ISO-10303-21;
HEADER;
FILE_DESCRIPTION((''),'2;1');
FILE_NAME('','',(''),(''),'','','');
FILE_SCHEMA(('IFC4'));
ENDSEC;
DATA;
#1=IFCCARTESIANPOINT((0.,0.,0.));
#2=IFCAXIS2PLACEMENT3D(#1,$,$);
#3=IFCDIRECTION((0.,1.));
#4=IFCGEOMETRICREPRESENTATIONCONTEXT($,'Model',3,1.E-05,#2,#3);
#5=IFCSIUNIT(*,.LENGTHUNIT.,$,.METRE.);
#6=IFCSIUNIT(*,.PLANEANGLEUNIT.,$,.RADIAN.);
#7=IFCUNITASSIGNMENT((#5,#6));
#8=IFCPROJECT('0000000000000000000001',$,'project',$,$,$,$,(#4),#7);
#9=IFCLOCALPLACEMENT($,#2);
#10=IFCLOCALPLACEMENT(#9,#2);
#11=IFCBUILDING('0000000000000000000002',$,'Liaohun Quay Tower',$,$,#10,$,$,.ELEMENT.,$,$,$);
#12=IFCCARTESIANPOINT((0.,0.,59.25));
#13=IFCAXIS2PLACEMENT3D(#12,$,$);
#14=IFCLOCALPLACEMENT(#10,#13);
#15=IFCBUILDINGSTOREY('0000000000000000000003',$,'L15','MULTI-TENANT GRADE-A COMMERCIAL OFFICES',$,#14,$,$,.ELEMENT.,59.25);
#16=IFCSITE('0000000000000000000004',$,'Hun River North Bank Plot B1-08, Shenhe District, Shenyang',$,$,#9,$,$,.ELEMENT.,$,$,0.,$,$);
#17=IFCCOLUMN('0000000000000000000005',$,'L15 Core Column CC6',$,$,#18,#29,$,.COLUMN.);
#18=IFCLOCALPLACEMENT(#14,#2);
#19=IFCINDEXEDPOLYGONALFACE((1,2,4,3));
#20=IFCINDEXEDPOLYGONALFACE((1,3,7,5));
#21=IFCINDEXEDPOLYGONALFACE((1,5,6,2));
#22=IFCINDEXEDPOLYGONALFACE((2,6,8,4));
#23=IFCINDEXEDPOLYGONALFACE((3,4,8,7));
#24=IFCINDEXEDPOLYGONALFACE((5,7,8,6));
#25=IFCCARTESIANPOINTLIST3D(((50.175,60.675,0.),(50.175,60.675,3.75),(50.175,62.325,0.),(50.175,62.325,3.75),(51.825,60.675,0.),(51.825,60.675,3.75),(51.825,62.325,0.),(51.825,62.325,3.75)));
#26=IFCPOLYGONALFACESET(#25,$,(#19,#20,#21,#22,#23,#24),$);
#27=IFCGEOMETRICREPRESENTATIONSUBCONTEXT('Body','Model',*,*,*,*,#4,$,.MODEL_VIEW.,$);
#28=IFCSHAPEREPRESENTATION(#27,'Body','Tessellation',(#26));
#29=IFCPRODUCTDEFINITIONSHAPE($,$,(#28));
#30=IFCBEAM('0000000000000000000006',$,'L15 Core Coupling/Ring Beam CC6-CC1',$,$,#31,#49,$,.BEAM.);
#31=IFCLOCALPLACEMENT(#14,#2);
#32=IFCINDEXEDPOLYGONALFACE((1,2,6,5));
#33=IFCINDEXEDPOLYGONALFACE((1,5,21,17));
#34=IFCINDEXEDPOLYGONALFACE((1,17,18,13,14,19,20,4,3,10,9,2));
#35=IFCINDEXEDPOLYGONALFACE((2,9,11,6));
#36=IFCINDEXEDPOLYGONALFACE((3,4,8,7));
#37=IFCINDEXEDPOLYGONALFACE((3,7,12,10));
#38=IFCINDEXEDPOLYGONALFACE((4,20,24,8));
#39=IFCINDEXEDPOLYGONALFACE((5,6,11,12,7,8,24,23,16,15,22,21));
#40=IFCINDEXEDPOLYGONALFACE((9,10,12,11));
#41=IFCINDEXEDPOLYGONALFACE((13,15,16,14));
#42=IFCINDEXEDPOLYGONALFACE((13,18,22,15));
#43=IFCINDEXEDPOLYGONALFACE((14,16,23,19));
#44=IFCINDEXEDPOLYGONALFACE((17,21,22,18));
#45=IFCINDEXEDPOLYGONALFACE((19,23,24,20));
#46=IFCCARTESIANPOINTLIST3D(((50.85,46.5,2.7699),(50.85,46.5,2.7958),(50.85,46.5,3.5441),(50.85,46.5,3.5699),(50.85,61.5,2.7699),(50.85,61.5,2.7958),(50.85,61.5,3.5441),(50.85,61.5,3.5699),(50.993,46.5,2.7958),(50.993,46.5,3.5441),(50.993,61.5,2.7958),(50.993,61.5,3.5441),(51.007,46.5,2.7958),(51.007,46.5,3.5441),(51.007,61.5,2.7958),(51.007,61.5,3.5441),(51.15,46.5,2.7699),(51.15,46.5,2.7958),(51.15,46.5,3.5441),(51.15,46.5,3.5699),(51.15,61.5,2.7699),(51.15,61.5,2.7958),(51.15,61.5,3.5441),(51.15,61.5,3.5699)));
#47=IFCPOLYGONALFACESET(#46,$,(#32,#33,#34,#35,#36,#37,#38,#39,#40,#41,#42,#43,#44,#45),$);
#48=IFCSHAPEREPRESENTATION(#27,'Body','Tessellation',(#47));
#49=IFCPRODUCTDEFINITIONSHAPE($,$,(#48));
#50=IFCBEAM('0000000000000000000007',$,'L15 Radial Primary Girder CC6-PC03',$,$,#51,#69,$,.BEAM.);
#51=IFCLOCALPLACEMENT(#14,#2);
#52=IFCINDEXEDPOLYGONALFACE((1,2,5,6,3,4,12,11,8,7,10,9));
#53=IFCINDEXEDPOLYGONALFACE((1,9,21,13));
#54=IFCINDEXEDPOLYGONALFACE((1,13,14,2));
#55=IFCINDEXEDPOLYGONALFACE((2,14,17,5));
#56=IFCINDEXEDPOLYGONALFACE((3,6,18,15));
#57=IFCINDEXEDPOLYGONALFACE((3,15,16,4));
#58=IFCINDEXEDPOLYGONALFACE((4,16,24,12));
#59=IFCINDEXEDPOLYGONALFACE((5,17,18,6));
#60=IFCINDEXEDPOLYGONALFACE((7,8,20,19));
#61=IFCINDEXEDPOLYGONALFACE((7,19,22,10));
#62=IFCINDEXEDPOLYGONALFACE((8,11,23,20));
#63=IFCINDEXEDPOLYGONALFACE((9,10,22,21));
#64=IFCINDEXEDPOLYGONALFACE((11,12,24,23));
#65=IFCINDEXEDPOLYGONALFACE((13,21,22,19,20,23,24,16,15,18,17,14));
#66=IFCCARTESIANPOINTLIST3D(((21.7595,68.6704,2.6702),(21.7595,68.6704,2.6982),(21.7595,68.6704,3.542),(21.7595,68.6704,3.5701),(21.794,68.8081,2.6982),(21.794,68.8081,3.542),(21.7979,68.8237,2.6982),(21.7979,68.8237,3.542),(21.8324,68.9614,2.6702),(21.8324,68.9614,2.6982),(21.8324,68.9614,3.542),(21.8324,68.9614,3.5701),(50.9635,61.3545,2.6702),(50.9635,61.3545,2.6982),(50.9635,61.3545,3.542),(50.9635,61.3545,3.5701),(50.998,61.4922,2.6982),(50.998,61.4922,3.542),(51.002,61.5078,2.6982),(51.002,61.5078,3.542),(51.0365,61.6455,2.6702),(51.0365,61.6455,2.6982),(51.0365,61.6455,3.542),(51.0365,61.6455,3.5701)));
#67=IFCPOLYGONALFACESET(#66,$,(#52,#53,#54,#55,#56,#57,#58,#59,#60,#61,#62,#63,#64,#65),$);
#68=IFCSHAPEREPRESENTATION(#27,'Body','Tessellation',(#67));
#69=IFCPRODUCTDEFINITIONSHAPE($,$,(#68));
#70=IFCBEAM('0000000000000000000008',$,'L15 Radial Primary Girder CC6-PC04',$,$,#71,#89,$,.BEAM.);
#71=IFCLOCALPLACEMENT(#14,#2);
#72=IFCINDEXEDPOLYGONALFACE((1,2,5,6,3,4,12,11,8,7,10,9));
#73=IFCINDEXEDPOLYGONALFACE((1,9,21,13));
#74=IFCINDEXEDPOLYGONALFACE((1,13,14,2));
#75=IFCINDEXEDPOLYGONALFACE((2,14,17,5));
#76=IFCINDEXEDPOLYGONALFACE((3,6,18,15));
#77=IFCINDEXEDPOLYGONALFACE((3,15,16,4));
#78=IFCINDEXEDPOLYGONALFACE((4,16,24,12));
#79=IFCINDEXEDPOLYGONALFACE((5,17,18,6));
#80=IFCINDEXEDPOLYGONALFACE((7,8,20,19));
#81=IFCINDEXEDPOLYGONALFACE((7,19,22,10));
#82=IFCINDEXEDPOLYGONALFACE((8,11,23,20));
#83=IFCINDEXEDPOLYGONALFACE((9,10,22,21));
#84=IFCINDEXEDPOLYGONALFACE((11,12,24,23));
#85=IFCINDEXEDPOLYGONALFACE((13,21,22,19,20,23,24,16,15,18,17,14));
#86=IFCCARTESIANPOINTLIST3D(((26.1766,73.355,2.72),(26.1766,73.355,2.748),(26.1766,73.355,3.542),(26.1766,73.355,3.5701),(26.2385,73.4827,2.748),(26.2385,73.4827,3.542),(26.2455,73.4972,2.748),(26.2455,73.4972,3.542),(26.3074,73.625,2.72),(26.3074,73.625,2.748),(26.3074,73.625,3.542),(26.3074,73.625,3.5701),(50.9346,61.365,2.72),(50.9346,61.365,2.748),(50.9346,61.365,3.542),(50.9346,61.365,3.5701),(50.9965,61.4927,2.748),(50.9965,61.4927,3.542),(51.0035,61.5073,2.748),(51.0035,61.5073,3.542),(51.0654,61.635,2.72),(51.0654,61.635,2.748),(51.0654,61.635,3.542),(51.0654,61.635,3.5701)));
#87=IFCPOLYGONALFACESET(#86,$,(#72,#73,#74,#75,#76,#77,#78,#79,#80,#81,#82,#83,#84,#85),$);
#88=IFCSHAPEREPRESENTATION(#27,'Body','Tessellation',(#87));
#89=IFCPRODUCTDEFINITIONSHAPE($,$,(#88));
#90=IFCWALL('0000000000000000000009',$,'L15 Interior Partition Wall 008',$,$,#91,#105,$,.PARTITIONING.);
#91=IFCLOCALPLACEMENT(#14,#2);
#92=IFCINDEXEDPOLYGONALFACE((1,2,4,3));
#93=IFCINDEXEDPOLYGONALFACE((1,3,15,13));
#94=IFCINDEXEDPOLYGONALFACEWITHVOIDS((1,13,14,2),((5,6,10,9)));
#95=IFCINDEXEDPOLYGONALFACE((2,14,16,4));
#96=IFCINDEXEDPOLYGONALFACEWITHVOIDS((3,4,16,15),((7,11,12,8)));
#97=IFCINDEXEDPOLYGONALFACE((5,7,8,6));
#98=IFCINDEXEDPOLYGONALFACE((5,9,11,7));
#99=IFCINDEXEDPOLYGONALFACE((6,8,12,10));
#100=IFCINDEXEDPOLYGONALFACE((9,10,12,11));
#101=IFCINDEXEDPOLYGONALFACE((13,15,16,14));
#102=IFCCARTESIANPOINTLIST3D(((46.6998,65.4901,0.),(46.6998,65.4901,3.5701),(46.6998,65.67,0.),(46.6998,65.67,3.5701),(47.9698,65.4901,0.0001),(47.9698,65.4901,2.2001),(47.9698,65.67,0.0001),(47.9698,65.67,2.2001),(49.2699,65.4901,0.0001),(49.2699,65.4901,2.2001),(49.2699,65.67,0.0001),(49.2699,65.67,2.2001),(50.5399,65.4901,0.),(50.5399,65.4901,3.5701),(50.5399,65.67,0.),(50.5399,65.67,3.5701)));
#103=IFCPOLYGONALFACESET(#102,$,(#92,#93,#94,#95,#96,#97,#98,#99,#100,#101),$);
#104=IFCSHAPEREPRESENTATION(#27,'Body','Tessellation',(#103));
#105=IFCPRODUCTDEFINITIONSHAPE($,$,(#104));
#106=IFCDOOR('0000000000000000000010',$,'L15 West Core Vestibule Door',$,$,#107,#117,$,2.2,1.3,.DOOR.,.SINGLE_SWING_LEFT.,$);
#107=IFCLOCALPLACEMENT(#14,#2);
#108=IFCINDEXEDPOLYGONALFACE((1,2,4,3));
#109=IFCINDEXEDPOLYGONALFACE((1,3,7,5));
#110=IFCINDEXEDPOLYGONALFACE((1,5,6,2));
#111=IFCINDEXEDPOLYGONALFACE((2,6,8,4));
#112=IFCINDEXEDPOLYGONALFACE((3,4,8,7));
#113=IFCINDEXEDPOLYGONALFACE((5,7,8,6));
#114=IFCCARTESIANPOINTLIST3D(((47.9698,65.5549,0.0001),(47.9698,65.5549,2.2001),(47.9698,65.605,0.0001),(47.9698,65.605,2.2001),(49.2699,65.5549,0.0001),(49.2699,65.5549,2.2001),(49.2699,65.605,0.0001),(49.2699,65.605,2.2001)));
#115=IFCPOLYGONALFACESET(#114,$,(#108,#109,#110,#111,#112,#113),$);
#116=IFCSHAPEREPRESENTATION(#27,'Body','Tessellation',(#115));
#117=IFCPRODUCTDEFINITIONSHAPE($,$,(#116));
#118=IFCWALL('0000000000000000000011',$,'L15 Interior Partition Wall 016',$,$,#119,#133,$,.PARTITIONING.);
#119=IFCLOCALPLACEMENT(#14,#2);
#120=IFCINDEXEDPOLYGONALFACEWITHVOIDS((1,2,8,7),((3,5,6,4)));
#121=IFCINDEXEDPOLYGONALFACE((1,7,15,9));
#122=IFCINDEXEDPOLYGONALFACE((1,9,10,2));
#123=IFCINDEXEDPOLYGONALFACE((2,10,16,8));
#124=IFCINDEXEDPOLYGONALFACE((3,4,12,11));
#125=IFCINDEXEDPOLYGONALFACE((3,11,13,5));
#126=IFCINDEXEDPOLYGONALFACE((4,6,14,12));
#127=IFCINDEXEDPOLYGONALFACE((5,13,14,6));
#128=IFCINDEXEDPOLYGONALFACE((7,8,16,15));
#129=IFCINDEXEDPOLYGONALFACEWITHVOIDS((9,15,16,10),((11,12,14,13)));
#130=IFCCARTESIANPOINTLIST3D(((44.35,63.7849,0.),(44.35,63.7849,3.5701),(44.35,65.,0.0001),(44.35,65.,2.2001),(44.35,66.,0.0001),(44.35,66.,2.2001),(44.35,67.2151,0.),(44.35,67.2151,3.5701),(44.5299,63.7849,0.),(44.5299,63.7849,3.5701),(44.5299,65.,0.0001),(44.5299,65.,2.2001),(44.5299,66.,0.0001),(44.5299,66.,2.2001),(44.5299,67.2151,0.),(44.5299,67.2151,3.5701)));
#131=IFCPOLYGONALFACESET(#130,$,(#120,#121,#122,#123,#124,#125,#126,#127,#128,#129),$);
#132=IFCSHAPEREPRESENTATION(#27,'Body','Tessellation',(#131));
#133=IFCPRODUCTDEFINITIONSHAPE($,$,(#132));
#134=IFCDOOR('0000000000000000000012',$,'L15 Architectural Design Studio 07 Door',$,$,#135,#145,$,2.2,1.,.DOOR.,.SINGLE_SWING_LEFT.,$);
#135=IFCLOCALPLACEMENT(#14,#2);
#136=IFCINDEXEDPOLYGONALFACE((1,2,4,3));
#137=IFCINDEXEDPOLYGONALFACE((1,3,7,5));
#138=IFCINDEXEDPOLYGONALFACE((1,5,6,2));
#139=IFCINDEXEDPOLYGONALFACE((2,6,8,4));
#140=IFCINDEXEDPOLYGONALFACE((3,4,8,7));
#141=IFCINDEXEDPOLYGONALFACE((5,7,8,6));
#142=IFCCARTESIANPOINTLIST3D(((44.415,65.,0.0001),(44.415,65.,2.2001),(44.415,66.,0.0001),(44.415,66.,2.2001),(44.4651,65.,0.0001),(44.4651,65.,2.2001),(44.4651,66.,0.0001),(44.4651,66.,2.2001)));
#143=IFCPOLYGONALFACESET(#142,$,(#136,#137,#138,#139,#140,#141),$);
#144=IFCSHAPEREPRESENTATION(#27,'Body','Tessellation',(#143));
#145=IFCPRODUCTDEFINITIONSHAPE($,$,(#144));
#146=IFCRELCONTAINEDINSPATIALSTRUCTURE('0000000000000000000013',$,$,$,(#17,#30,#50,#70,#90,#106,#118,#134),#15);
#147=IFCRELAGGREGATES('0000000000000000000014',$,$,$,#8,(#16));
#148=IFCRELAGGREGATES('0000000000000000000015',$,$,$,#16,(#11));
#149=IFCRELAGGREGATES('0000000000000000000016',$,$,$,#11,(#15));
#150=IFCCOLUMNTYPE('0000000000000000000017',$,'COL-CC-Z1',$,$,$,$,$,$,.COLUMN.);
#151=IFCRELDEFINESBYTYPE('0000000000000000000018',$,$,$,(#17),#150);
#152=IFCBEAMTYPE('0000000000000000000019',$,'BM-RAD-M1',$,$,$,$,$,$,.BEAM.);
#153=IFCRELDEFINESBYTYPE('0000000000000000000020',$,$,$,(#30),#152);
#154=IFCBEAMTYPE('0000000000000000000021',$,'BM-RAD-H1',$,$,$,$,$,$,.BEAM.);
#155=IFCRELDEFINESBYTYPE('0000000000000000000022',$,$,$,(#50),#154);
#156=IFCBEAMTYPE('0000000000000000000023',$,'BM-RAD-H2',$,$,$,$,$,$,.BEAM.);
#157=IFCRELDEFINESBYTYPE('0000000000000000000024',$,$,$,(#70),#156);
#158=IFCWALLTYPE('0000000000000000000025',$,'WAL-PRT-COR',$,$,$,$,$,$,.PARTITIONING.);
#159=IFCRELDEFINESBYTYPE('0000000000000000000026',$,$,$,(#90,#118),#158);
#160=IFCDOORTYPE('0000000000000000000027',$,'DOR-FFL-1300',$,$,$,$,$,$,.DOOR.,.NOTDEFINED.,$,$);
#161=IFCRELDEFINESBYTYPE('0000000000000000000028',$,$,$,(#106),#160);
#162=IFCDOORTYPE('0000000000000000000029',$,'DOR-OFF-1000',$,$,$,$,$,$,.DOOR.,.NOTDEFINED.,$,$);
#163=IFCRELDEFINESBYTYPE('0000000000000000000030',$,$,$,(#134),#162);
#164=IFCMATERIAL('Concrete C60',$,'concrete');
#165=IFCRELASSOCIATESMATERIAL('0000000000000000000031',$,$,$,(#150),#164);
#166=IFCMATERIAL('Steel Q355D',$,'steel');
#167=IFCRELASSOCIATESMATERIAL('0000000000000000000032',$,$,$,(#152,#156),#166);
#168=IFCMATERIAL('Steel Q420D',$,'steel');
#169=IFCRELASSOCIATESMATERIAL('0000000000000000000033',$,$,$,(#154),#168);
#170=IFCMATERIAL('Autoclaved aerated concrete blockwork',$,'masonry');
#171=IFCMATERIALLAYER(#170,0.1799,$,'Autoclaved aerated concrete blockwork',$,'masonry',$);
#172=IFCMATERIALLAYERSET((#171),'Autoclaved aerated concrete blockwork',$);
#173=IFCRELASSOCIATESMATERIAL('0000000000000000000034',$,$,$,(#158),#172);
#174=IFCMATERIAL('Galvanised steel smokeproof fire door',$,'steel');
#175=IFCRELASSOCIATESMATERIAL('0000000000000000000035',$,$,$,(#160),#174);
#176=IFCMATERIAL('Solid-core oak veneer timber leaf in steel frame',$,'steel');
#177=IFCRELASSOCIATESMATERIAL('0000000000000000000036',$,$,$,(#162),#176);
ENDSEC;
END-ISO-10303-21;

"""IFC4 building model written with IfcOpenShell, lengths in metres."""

from ifc_helpers import new_model, si_unit, direction, frame, frame_2d, origin, origin_2d, place, context, subcontext, project, spatial, rectangle, i_section, extrude, source, transform, mapped, material, layer, layer_set, material_profile, profile_set, type_object, element, fill, save


model = new_model("IFC4")

# Units and contexts
model_context = context("Model", 3, precision=1e-05, world=origin(), true_north=direction((0.0, 1.0)))
body_context = subcontext(model_context, "Body", "Model", "MODEL_VIEW")
ifc_project = project(units=[si_unit("LENGTHUNIT", "METRE"), si_unit("PLANEANGLEUNIT", "RADIAN")], contexts=[model_context])

# Site, building, storey
site_placement = place(None, origin())
site = spatial("IfcSite", under=ifc_project, at=site_placement, Name="Hun River North Bank Plot B1-08, Shenhe District, Shenyang", CompositionType="ELEMENT", RefElevation=0.0)
building_placement = place(site_placement, origin())
building = spatial("IfcBuilding", under=site, at=building_placement, Name="Liaohun Quay Tower", CompositionType="ELEMENT")
storey_placement = place(building_placement, frame((0.0, 0.0, 59.25)))
storey = spatial("IfcBuildingStorey", under=building, at=storey_placement, Name="L15", Description="MULTI-TENANT GRADE-A COMMERCIAL OFFICES", CompositionType="ELEMENT", Elevation=59.25)

# Column
ifc_material_1 = material(Name="Concrete C60", Category="concrete")
ifc_material_profile_1 = material_profile(ifc_material_1, rectangle(XDim=1.6499, YDim=1.6499, at=origin_2d()), Name="RC1650x1650")
ifc_profile_set_1 = profile_set([ifc_material_profile_1], Name="Concrete C60")
column_type = type_object("IfcColumnType", Name="COL-CC-Z1", PredefinedType="COLUMN", material=ifc_profile_set_1)
shared_shape_1 = source(origin(), body_context, "Body", "SweptSolid", [
    extrude(rectangle(XDim=1.6499, YDim=1.6499, at=origin_2d()), origin(), (0.0, 0.0, 1.0), 3.75),
])
column_placement = place(storey_placement, frame((51.0, 61.5, 0.0), z_axis=(0.0, 0.0, 1.0), x_axis=(1.0, 0.0, 0.0)))
element("IfcColumn", 1, at=column_placement, inside=storey, type_object=column_type, Name="L15 Core Column CC6", PredefinedType="COLUMN", context=body_context, shape_type="MappedRepresentation", body=[
    mapped(shared_shape_1, transform((0.0, 0.0, 0.0), x_axis=(1.0, 0.0, 0.0), y_axis=(0.0, 1.0, 0.0), z_axis=(0.0, 0.0, 1.0), scale=1.0)),
])

# Beams
ifc_material_2 = material(Name="Steel Q355D", Category="steel")
ifc_material_profile_2 = material_profile(ifc_material_2, i_section(OverallWidth=0.3, OverallDepth=0.8, WebThickness=0.0139, FlangeThickness=0.0259, at=origin_2d()), Name="HN800x300x14x26")
ifc_profile_set_2 = profile_set([ifc_material_profile_2], Name="Steel Q355D")
beam_type_1 = type_object("IfcBeamType", Name="BM-RAD-M1", PredefinedType="BEAM", material=ifc_profile_set_2)
shared_shape_2 = source(origin(), body_context, "Body", "SweptSolid", [
    extrude(i_section(OverallWidth=0.3, OverallDepth=0.8, WebThickness=0.0139, FlangeThickness=0.0259, at=origin_2d()), origin(), (0.0, 0.0, 1.0), 15.0),
])
beam_1_placement = place(storey_placement, frame((51.0, 61.5, 3.1699), z_axis=(0.0, -1.0, 0.0), x_axis=(1.0, 0.0, 0.0)))
element("IfcBeam", 2, at=beam_1_placement, inside=storey, type_object=beam_type_1, Name="L15 Core Coupling/Ring Beam CC6-CC1", PredefinedType="BEAM", context=body_context, shape_type="MappedRepresentation", body=[
    mapped(shared_shape_2, transform((0.0, 0.0, 0.0), x_axis=(1.0, 0.0, 0.0), y_axis=(0.0, 1.0, 0.0), z_axis=(0.0, 0.0, 1.0), scale=1.0)),
])
ifc_material_3 = material(Name="Steel Q420D", Category="steel")
ifc_material_profile_3 = material_profile(ifc_material_3, i_section(OverallWidth=0.3, OverallDepth=0.8999, WebThickness=0.0161, FlangeThickness=0.0281, at=origin_2d()), Name="HN900x300x16x28")
ifc_profile_set_3 = profile_set([ifc_material_profile_3], Name="Steel Q420D")
beam_type_2 = type_object("IfcBeamType", Name="BM-RAD-H1", PredefinedType="BEAM", material=ifc_profile_set_3)
shared_shape_3 = source(origin(), body_context, "Body", "SweptSolid", [
    extrude(i_section(OverallWidth=0.3, OverallDepth=0.8999, WebThickness=0.0161, FlangeThickness=0.0281, at=origin_2d()), origin(), (0.0, 0.0, 1.0), 30.1064),
])
beam_2_placement = place(storey_placement, frame((51.0, 61.5, 3.1201), z_axis=(-0.970026, 0.243001, 0.0), x_axis=(-0.243001, -0.970026, 0.0)))
element("IfcBeam", 3, at=beam_2_placement, inside=storey, type_object=beam_type_2, Name="L15 Radial Primary Girder CC6-PC03", PredefinedType="BEAM", context=body_context, shape_type="MappedRepresentation", body=[
    mapped(shared_shape_3, transform((0.0, 0.0, 0.0), x_axis=(1.0, 0.0, 0.0), y_axis=(0.0, 1.0, 0.0), z_axis=(0.0, 0.0, 1.0), scale=1.0)),
])
ifc_material_profile_4 = material_profile(ifc_material_2, i_section(OverallWidth=0.3, OverallDepth=0.8501, WebThickness=0.0161, FlangeThickness=0.0281, at=origin_2d()), Name="HN850x300x16x28")
ifc_profile_set_4 = profile_set([ifc_material_profile_4], Name="Steel Q355D")
beam_type_3 = type_object("IfcBeamType", Name="BM-RAD-H2", PredefinedType="BEAM", material=ifc_profile_set_4)
shared_shape_4 = source(origin(), body_context, "Body", "SweptSolid", [
    extrude(i_section(OverallWidth=0.3, OverallDepth=0.8501, WebThickness=0.0161, FlangeThickness=0.0281, at=origin_2d()), origin(), (0.0, 0.0, 1.0), 27.5085),
])
beam_3_placement = place(storey_placement, frame((51.0, 61.5, 3.145), z_axis=(-0.900013, 0.435864, 0.0), x_axis=(-0.435864, -0.900013, 0.0)))
element("IfcBeam", 4, at=beam_3_placement, inside=storey, type_object=beam_type_3, Name="L15 Radial Primary Girder CC6-PC04", PredefinedType="BEAM", context=body_context, shape_type="MappedRepresentation", body=[
    mapped(shared_shape_4, transform((0.0, 0.0, 0.0), x_axis=(1.0, 0.0, 0.0), y_axis=(0.0, 1.0, 0.0), z_axis=(0.0, 0.0, 1.0), scale=1.0)),
])

# Walls, openings, doors
ifc_material_4 = material(Name="Autoclaved aerated concrete blockwork", Category="masonry")
ifc_layer_1 = layer(ifc_material_4, 0.1799, Name="Autoclaved aerated concrete blockwork", Category="masonry")
ifc_layer_set_1 = layer_set([ifc_layer_1], Name="Autoclaved aerated concrete blockwork")
wall_type_1 = type_object("IfcWallType", Name="WAL-PRT-COR", PredefinedType="PARTITIONING", material=ifc_layer_set_1)
wall_1_placement = place(storey_placement, frame((46.7, 65.5801, 0.0), z_axis=(0.0, 0.0, 1.0), x_axis=(1.0, 0.0, 0.0)))
wall_1 = element("IfcWall", 5, at=wall_1_placement, inside=storey, type_object=wall_type_1, Name="L15 Interior Partition Wall 008", PredefinedType="PARTITIONING", context=body_context, shape_type="SweptSolid", body=[
    extrude(rectangle(XDim=3.8401, YDim=0.1799, at=frame_2d((1.9199, 0.0))), origin(), (0.0, 0.0, 1.0), 3.5701),
])
shared_shape_5 = source(origin(), body_context, "Body", "SweptSolid", [
    extrude(rectangle(XDim=1.3, YDim=2.2, at=frame_2d((0.6499, 1.1001))), frame((0.0, 0.0999, 0.0), z_axis=(0.0, -1.0, 0.0), x_axis=(1.0, 0.0, 0.0)), (0.0, 0.0, 1.0), 0.2),
])
opening_1_placement = place(wall_1_placement, frame((1.27, 0.0, 0.0)))
opening_1 = element("IfcOpeningElement", 6, at=opening_1_placement, cuts=wall_1, PredefinedType="OPENING", context=body_context, shape_type="MappedRepresentation", body=[
    mapped(shared_shape_5, transform((0.0, 0.0, 0.0), x_axis=(1.0, 0.0, 0.0), y_axis=(0.0, 1.0, 0.0), z_axis=(0.0, 0.0, 1.0), scale=1.0)),
])
ifc_material_5 = material(Name="Galvanised steel smokeproof fire door", Category="steel")
door_type_1 = type_object("IfcDoorType", Name="DOR-FFL-1300", OperationType="NOTDEFINED", PredefinedType="DOOR", material=ifc_material_5)
shared_shape_6 = source(origin(), body_context, "Body", "SweptSolid", [
    extrude(rectangle(XDim=1.3, YDim=2.2, at=frame_2d((0.6499, 1.1001))), frame((0.0, 0.0249, 0.0), z_axis=(0.0, -1.0, 0.0), x_axis=(1.0, 0.0, 0.0)), (0.0, 0.0, 1.0), 0.05),
])
door_1_placement = place(opening_1_placement, origin())
door_1 = element("IfcDoor", 7, at=door_1_placement, inside=storey, type_object=door_type_1, Name="L15 West Core Vestibule Door", OperationType="SINGLE_SWING_LEFT", OverallHeight=2.2, OverallWidth=1.3, PredefinedType="DOOR", context=body_context, shape_type="MappedRepresentation", body=[
    mapped(shared_shape_6, transform((0.0, 0.0, 0.0), x_axis=(1.0, 0.0, 0.0), y_axis=(0.0, 1.0, 0.0), z_axis=(0.0, 0.0, 1.0), scale=1.0)),
])
fill(opening_1, door_1)
wall_2_placement = place(storey_placement, frame((44.4399, 63.7849, 0.0), z_axis=(0.0, 0.0, 1.0), x_axis=(0.0, 1.0, 0.0)))
wall_2 = element("IfcWall", 8, at=wall_2_placement, inside=storey, type_object=wall_type_1, Name="L15 Interior Partition Wall 016", PredefinedType="PARTITIONING", context=body_context, shape_type="SweptSolid", body=[
    extrude(rectangle(XDim=3.4302, YDim=0.1799, at=frame_2d((1.7151, 0.0))), origin(), (0.0, 0.0, 1.0), 3.5701),
])
shared_shape_7 = source(origin(), body_context, "Body", "SweptSolid", [
    extrude(rectangle(XDim=1.0, YDim=2.2, at=frame_2d((0.5, 1.1001))), frame((0.0, 0.0999, 0.0), z_axis=(0.0, -1.0, 0.0), x_axis=(1.0, 0.0, 0.0)), (0.0, 0.0, 1.0), 0.2),
])
opening_2_placement = place(wall_2_placement, frame((1.2151, 0.0, 0.0)))
opening_2 = element("IfcOpeningElement", 9, at=opening_2_placement, cuts=wall_2, PredefinedType="OPENING", context=body_context, shape_type="MappedRepresentation", body=[
    mapped(shared_shape_7, transform((0.0, 0.0, 0.0), x_axis=(1.0, 0.0, 0.0), y_axis=(0.0, 1.0, 0.0), z_axis=(0.0, 0.0, 1.0), scale=1.0)),
])
ifc_material_6 = material(Name="Solid-core oak veneer timber leaf in steel frame", Category="steel")
door_type_2 = type_object("IfcDoorType", Name="DOR-OFF-1000", OperationType="NOTDEFINED", PredefinedType="DOOR", material=ifc_material_6)
shared_shape_8 = source(origin(), body_context, "Body", "SweptSolid", [
    extrude(rectangle(XDim=1.0, YDim=2.2, at=frame_2d((0.5, 1.1001))), frame((0.0, 0.0249, 0.0), z_axis=(0.0, -1.0, 0.0), x_axis=(1.0, 0.0, 0.0)), (0.0, 0.0, 1.0), 0.05),
])
door_2_placement = place(opening_2_placement, origin())
door_2 = element("IfcDoor", 10, at=door_2_placement, inside=storey, type_object=door_type_2, Name="L15 Architectural Design Studio 07 Door", OperationType="SINGLE_SWING_LEFT", OverallHeight=2.2, OverallWidth=1.0, PredefinedType="DOOR", context=body_context, shape_type="MappedRepresentation", body=[
    mapped(shared_shape_8, transform((0.0, 0.0, 0.0), x_axis=(1.0, 0.0, 0.0), y_axis=(0.0, 1.0, 0.0), z_axis=(0.0, 0.0, 1.0), scale=1.0)),
])
fill(opening_2, door_2)

save(model, "model.ifc")
